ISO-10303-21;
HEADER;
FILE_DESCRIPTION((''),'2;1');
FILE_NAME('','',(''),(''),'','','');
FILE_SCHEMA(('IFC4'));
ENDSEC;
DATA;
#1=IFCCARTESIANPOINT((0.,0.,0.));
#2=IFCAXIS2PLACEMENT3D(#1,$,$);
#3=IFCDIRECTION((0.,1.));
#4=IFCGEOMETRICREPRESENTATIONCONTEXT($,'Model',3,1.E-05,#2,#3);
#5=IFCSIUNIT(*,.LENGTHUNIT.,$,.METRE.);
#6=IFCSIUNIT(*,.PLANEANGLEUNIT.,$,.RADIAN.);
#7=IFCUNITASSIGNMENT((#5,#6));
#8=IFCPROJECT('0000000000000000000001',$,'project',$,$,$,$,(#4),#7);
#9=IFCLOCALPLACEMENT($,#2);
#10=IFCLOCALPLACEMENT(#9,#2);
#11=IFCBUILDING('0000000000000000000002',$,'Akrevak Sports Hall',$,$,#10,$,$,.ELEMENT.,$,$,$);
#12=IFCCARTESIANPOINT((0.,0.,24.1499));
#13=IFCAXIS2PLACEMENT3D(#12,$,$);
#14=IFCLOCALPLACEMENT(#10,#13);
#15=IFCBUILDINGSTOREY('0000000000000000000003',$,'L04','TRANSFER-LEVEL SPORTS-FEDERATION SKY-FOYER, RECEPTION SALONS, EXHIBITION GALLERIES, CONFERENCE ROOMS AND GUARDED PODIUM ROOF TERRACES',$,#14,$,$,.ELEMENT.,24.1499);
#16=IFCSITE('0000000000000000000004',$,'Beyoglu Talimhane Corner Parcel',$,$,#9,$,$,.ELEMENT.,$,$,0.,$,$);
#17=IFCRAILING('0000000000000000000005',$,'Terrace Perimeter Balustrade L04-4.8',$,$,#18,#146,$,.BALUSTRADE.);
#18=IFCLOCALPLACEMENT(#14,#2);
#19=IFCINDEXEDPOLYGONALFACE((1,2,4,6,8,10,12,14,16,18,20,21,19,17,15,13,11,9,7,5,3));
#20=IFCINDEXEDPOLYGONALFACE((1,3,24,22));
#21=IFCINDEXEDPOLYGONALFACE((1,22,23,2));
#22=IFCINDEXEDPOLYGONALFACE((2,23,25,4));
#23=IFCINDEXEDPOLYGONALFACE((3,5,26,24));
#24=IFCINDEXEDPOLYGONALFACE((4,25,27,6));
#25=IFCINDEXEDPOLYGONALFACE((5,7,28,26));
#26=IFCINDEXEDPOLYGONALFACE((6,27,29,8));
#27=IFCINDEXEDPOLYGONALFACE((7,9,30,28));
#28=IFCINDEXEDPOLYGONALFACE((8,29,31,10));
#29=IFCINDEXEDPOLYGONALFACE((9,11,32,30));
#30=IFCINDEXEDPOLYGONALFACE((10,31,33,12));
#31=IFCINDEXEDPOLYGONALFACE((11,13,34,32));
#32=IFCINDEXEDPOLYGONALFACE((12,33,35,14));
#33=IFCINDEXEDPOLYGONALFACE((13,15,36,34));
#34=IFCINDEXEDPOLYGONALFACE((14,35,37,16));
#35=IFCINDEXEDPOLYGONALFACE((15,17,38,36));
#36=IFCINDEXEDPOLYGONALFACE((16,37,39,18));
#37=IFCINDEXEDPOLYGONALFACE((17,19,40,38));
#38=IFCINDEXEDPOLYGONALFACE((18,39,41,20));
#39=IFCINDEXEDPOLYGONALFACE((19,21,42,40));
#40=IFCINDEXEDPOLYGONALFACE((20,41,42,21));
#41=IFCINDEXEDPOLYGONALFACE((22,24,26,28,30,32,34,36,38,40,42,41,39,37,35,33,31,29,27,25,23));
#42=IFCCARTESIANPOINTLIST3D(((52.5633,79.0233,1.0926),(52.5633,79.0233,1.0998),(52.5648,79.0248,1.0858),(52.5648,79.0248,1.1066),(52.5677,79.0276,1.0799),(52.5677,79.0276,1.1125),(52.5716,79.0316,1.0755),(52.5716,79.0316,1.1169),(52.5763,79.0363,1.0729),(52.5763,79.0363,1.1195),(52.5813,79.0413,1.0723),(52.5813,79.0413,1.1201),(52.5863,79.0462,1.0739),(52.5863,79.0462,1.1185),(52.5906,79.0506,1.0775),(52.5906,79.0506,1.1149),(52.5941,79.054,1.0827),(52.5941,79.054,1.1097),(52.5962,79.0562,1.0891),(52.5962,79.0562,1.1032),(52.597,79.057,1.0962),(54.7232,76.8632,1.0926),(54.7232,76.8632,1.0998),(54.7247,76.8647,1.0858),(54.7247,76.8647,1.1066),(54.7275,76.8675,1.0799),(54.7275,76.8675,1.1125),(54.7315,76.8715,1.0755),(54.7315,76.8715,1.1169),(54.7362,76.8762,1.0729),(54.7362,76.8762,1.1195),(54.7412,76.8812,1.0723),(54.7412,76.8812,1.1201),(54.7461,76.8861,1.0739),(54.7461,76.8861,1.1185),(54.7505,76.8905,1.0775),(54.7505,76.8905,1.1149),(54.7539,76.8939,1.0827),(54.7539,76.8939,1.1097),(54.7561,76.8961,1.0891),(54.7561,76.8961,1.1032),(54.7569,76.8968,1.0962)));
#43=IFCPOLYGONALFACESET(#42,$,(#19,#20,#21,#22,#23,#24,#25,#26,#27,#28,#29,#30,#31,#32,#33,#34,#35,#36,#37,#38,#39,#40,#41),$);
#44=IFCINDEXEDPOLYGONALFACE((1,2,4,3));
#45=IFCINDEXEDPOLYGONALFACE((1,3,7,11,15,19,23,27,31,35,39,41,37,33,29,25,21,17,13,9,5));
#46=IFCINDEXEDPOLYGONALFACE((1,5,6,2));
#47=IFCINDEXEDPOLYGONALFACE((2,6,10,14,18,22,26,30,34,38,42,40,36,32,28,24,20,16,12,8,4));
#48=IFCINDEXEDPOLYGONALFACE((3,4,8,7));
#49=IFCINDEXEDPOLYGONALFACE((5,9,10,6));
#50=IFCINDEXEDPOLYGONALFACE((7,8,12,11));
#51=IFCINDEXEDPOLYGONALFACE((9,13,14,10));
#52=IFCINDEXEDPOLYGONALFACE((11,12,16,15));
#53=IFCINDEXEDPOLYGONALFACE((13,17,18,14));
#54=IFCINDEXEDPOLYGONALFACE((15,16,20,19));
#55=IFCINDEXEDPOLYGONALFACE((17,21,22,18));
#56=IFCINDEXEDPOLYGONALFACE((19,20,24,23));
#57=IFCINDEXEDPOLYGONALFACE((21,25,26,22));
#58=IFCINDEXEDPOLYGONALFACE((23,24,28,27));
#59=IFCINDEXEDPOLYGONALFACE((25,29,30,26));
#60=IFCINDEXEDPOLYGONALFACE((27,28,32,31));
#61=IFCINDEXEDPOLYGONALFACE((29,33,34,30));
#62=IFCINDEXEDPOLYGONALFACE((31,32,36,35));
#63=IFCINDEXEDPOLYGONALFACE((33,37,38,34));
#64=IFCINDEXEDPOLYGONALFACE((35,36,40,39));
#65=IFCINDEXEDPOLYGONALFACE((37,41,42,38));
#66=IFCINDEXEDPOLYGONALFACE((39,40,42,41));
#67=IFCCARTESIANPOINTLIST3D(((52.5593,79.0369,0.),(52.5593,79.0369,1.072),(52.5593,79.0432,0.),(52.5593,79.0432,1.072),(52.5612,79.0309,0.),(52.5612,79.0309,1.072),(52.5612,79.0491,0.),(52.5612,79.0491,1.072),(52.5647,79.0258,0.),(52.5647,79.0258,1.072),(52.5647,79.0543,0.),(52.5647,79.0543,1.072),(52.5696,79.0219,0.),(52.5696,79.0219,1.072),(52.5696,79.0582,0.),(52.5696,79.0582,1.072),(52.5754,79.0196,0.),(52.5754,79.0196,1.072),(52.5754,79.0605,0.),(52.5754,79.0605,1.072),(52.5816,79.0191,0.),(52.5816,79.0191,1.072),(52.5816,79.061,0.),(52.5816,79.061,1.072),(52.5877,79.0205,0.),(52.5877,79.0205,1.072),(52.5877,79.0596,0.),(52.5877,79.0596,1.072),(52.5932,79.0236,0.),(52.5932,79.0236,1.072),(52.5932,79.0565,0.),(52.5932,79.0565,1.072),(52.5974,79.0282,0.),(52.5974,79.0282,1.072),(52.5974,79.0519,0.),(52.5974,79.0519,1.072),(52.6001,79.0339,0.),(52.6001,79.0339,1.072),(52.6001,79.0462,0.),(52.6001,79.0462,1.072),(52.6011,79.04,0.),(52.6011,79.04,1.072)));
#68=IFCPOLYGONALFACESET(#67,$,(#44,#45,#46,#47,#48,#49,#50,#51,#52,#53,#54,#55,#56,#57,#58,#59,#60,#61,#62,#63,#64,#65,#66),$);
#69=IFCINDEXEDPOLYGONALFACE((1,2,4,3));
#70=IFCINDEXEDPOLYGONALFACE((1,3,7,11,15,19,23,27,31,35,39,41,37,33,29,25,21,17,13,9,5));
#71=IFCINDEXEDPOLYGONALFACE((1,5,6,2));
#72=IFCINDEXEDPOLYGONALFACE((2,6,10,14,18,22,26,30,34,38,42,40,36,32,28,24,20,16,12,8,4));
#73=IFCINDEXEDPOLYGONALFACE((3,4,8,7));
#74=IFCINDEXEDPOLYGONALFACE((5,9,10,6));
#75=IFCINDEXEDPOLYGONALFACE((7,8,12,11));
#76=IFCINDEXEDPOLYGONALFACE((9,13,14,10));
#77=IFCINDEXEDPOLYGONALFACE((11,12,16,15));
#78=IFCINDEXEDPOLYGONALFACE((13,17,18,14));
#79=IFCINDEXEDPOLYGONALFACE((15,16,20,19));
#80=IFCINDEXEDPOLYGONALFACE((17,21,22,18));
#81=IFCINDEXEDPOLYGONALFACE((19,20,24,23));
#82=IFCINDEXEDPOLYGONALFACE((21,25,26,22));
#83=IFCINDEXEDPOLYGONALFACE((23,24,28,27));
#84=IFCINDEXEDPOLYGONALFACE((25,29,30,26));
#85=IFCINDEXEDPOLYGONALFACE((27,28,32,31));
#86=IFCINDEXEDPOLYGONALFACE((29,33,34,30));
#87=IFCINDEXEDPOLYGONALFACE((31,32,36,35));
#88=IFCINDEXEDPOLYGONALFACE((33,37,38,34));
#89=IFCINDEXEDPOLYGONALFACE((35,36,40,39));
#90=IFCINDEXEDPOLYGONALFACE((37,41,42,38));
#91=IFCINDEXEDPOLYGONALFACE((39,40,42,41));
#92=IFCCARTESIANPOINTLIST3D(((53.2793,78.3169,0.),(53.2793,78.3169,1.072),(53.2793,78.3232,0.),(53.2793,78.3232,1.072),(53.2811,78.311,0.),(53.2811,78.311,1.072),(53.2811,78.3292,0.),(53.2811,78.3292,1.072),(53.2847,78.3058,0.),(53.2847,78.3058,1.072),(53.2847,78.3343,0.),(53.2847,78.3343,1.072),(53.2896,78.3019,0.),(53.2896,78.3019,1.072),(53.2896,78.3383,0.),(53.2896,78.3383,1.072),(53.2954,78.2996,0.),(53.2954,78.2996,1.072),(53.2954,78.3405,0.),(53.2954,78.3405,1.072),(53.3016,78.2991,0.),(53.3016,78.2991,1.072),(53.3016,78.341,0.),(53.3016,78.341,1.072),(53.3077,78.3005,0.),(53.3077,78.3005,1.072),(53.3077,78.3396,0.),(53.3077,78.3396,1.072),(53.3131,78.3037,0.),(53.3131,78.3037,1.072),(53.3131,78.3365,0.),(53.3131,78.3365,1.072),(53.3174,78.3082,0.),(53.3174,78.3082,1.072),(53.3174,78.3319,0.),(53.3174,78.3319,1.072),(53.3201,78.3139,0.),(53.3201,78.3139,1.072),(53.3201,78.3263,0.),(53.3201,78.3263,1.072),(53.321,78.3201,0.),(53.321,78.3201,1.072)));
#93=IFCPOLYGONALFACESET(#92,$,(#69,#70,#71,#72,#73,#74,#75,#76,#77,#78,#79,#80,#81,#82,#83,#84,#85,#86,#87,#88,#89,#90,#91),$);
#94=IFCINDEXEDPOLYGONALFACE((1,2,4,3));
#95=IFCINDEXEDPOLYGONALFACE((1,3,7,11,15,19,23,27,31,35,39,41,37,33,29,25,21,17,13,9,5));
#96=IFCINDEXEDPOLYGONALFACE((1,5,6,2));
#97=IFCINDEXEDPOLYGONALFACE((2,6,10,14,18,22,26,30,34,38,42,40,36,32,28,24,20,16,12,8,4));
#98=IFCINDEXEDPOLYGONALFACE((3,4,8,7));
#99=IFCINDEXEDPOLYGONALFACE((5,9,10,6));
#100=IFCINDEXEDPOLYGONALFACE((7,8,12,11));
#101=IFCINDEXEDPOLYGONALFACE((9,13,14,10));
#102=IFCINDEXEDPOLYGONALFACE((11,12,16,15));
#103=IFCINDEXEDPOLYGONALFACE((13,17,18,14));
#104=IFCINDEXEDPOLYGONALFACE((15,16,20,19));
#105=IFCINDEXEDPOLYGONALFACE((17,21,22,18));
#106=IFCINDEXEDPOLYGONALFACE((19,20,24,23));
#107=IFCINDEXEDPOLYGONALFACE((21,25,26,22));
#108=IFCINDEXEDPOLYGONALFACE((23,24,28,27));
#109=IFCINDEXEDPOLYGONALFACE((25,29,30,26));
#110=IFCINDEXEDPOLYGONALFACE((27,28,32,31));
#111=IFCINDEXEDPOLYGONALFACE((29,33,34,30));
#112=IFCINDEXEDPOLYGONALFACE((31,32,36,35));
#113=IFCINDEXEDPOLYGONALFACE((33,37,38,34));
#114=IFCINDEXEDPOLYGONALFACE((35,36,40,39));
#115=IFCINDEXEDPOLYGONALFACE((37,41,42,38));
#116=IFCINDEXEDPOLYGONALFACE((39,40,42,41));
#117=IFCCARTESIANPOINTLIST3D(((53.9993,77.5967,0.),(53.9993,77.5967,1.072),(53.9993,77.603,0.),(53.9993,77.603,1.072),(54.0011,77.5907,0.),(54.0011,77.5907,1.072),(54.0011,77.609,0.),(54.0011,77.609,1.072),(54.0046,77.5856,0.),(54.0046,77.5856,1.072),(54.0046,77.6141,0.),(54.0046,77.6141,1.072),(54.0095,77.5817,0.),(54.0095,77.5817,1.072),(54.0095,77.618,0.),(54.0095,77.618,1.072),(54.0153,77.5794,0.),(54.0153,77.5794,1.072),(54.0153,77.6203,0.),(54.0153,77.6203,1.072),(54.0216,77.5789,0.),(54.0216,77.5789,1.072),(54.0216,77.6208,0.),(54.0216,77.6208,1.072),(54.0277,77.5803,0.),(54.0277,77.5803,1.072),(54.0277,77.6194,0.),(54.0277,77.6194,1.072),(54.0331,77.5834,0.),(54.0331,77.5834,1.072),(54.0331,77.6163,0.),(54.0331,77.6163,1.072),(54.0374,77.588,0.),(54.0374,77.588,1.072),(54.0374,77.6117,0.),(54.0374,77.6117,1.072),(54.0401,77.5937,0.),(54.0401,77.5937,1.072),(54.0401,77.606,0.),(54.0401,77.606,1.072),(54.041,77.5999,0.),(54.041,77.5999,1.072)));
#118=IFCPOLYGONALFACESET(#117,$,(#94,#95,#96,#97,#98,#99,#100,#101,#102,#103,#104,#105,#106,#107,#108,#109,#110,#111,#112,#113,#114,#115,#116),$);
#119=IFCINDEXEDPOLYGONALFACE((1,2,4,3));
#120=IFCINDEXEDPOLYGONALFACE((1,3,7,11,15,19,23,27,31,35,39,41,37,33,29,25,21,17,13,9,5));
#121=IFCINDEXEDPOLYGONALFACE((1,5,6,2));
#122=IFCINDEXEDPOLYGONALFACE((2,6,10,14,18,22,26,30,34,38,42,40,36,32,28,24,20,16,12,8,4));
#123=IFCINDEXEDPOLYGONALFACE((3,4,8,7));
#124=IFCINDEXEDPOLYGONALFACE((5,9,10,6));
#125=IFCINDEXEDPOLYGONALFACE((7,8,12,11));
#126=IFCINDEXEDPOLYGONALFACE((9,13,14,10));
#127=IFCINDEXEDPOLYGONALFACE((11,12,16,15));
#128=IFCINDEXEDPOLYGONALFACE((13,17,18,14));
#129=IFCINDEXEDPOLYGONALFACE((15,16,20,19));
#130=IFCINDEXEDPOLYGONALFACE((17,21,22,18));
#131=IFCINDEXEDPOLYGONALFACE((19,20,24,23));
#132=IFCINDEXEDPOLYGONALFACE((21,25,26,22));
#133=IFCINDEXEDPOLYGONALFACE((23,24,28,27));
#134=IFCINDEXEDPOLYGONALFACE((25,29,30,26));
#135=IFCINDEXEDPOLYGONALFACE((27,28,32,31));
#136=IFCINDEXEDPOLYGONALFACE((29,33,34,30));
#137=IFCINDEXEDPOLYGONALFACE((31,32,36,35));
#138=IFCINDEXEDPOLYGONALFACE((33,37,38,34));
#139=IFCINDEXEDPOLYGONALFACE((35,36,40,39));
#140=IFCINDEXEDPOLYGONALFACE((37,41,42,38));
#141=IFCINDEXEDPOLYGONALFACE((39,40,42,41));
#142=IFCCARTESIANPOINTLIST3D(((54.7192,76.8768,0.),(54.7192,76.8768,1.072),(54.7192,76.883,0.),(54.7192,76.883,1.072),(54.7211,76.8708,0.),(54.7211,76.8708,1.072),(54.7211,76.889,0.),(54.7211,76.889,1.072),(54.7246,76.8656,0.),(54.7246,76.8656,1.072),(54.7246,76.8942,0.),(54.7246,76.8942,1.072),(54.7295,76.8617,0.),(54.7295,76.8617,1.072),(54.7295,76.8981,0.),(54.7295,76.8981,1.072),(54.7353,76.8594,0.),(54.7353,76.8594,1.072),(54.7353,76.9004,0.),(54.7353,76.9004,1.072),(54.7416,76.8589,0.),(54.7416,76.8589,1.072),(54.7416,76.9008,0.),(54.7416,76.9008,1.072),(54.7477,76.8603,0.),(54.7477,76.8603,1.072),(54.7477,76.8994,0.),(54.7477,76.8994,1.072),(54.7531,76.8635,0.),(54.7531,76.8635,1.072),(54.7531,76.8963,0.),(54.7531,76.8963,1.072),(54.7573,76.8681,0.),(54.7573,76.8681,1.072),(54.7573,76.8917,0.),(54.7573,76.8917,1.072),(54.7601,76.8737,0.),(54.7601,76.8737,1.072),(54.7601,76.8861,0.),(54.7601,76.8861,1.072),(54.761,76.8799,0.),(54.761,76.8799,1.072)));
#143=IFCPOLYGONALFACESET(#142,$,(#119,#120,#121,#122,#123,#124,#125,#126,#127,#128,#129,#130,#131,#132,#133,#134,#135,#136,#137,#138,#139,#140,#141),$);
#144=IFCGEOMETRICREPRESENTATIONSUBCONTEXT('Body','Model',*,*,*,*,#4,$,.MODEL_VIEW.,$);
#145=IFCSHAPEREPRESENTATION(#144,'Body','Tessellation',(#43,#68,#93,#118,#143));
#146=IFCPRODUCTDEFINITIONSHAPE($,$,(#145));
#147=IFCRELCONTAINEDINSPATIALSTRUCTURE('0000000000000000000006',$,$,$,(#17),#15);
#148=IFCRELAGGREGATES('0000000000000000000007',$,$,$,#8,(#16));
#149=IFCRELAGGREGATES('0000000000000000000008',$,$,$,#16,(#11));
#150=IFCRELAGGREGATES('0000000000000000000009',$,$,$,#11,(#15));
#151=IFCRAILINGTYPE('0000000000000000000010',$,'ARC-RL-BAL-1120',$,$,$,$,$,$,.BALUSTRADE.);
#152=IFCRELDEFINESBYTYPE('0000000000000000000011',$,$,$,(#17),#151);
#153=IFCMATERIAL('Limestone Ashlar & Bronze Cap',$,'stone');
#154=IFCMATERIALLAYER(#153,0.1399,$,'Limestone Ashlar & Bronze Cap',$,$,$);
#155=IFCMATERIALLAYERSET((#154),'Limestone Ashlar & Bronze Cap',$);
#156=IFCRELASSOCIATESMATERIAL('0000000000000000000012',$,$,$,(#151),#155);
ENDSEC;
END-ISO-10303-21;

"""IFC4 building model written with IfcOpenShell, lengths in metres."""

from ifc_helpers import new_model, si_unit, direction, frame, origin, origin_2d, place, context, subcontext, project, spatial, circle, extrude, material, layer, layer_set, type_object, element, save


model = new_model("IFC4")

# Units and contexts
model_context = context("Model", 3, precision=1e-05, world=origin(), true_north=direction((0.0, 1.0)))
body_context = subcontext(model_context, "Body", "Model", "MODEL_VIEW")
ifc_project = project(units=[si_unit("LENGTHUNIT", "METRE"), si_unit("PLANEANGLEUNIT", "RADIAN")], contexts=[model_context])

# Site, building, storey
site_placement = place(None, origin())
site = spatial("IfcSite", under=ifc_project, at=site_placement, Name="Beyoglu Talimhane Corner Parcel", CompositionType="ELEMENT", RefElevation=0.0)
building_placement = place(site_placement, origin())
building = spatial("IfcBuilding", under=site, at=building_placement, Name="Akrevak Sports Hall", CompositionType="ELEMENT")
storey_placement = place(building_placement, frame((0.0, 0.0, 24.1499)))
storey = spatial("IfcBuildingStorey", under=building, at=storey_placement, Name="L04", Description="TRANSFER-LEVEL SPORTS-FEDERATION SKY-FOYER, RECEPTION SALONS, EXHIBITION GALLERIES, CONFERENCE ROOMS AND GUARDED PODIUM ROOF TERRACES", CompositionType="ELEMENT", Elevation=24.1499)

# Railing
ifc_material_1 = material(Name="Limestone Ashlar & Bronze Cap", Category="stone")
ifc_layer_1 = layer(ifc_material_1, 0.1399, Name="Limestone Ashlar & Bronze Cap")
ifc_layer_set_1 = layer_set([ifc_layer_1], Name="Limestone Ashlar & Bronze Cap")
railing_type = type_object("IfcRailingType", Name="ARC-RL-BAL-1120", PredefinedType="BALUSTRADE", material=ifc_layer_set_1)
railing_1_placement = place(storey_placement, frame((52.5801, 79.04, 0.0)))
element("IfcRailing", 1, at=railing_1_placement, inside=storey, type_object=railing_type, Name="Terrace Perimeter Balustrade L04-4.8", PredefinedType="BALUSTRADE", context=body_context, shape_type="SweptSolid", body=[
    extrude(circle(Radius=0.0239, at=origin_2d()), frame((0.0, 0.0, 1.0962), z_axis=(0.707067, -0.707147, 0.0), x_axis=(0.707147, 0.707067, 0.0)), (0.0, 0.0, 1.0), 3.0547),
    extrude(circle(Radius=0.021, at=origin_2d()), origin(), (0.0, 0.0, 1.0), 1.072),
    extrude(circle(Radius=0.021, at=origin_2d()), frame((0.72, -0.72, 0.0)), (0.0, 0.0, 1.0), 1.072),
    extrude(circle(Radius=0.021, at=origin_2d()), frame((1.4399, -1.4402, 0.0)), (0.0, 0.0, 1.0), 1.072),
    extrude(circle(Radius=0.021, at=origin_2d()), frame((2.1599, -2.1602, 0.0)), (0.0, 0.0, 1.0), 1.072),
])

save(model, "model.ifc")
